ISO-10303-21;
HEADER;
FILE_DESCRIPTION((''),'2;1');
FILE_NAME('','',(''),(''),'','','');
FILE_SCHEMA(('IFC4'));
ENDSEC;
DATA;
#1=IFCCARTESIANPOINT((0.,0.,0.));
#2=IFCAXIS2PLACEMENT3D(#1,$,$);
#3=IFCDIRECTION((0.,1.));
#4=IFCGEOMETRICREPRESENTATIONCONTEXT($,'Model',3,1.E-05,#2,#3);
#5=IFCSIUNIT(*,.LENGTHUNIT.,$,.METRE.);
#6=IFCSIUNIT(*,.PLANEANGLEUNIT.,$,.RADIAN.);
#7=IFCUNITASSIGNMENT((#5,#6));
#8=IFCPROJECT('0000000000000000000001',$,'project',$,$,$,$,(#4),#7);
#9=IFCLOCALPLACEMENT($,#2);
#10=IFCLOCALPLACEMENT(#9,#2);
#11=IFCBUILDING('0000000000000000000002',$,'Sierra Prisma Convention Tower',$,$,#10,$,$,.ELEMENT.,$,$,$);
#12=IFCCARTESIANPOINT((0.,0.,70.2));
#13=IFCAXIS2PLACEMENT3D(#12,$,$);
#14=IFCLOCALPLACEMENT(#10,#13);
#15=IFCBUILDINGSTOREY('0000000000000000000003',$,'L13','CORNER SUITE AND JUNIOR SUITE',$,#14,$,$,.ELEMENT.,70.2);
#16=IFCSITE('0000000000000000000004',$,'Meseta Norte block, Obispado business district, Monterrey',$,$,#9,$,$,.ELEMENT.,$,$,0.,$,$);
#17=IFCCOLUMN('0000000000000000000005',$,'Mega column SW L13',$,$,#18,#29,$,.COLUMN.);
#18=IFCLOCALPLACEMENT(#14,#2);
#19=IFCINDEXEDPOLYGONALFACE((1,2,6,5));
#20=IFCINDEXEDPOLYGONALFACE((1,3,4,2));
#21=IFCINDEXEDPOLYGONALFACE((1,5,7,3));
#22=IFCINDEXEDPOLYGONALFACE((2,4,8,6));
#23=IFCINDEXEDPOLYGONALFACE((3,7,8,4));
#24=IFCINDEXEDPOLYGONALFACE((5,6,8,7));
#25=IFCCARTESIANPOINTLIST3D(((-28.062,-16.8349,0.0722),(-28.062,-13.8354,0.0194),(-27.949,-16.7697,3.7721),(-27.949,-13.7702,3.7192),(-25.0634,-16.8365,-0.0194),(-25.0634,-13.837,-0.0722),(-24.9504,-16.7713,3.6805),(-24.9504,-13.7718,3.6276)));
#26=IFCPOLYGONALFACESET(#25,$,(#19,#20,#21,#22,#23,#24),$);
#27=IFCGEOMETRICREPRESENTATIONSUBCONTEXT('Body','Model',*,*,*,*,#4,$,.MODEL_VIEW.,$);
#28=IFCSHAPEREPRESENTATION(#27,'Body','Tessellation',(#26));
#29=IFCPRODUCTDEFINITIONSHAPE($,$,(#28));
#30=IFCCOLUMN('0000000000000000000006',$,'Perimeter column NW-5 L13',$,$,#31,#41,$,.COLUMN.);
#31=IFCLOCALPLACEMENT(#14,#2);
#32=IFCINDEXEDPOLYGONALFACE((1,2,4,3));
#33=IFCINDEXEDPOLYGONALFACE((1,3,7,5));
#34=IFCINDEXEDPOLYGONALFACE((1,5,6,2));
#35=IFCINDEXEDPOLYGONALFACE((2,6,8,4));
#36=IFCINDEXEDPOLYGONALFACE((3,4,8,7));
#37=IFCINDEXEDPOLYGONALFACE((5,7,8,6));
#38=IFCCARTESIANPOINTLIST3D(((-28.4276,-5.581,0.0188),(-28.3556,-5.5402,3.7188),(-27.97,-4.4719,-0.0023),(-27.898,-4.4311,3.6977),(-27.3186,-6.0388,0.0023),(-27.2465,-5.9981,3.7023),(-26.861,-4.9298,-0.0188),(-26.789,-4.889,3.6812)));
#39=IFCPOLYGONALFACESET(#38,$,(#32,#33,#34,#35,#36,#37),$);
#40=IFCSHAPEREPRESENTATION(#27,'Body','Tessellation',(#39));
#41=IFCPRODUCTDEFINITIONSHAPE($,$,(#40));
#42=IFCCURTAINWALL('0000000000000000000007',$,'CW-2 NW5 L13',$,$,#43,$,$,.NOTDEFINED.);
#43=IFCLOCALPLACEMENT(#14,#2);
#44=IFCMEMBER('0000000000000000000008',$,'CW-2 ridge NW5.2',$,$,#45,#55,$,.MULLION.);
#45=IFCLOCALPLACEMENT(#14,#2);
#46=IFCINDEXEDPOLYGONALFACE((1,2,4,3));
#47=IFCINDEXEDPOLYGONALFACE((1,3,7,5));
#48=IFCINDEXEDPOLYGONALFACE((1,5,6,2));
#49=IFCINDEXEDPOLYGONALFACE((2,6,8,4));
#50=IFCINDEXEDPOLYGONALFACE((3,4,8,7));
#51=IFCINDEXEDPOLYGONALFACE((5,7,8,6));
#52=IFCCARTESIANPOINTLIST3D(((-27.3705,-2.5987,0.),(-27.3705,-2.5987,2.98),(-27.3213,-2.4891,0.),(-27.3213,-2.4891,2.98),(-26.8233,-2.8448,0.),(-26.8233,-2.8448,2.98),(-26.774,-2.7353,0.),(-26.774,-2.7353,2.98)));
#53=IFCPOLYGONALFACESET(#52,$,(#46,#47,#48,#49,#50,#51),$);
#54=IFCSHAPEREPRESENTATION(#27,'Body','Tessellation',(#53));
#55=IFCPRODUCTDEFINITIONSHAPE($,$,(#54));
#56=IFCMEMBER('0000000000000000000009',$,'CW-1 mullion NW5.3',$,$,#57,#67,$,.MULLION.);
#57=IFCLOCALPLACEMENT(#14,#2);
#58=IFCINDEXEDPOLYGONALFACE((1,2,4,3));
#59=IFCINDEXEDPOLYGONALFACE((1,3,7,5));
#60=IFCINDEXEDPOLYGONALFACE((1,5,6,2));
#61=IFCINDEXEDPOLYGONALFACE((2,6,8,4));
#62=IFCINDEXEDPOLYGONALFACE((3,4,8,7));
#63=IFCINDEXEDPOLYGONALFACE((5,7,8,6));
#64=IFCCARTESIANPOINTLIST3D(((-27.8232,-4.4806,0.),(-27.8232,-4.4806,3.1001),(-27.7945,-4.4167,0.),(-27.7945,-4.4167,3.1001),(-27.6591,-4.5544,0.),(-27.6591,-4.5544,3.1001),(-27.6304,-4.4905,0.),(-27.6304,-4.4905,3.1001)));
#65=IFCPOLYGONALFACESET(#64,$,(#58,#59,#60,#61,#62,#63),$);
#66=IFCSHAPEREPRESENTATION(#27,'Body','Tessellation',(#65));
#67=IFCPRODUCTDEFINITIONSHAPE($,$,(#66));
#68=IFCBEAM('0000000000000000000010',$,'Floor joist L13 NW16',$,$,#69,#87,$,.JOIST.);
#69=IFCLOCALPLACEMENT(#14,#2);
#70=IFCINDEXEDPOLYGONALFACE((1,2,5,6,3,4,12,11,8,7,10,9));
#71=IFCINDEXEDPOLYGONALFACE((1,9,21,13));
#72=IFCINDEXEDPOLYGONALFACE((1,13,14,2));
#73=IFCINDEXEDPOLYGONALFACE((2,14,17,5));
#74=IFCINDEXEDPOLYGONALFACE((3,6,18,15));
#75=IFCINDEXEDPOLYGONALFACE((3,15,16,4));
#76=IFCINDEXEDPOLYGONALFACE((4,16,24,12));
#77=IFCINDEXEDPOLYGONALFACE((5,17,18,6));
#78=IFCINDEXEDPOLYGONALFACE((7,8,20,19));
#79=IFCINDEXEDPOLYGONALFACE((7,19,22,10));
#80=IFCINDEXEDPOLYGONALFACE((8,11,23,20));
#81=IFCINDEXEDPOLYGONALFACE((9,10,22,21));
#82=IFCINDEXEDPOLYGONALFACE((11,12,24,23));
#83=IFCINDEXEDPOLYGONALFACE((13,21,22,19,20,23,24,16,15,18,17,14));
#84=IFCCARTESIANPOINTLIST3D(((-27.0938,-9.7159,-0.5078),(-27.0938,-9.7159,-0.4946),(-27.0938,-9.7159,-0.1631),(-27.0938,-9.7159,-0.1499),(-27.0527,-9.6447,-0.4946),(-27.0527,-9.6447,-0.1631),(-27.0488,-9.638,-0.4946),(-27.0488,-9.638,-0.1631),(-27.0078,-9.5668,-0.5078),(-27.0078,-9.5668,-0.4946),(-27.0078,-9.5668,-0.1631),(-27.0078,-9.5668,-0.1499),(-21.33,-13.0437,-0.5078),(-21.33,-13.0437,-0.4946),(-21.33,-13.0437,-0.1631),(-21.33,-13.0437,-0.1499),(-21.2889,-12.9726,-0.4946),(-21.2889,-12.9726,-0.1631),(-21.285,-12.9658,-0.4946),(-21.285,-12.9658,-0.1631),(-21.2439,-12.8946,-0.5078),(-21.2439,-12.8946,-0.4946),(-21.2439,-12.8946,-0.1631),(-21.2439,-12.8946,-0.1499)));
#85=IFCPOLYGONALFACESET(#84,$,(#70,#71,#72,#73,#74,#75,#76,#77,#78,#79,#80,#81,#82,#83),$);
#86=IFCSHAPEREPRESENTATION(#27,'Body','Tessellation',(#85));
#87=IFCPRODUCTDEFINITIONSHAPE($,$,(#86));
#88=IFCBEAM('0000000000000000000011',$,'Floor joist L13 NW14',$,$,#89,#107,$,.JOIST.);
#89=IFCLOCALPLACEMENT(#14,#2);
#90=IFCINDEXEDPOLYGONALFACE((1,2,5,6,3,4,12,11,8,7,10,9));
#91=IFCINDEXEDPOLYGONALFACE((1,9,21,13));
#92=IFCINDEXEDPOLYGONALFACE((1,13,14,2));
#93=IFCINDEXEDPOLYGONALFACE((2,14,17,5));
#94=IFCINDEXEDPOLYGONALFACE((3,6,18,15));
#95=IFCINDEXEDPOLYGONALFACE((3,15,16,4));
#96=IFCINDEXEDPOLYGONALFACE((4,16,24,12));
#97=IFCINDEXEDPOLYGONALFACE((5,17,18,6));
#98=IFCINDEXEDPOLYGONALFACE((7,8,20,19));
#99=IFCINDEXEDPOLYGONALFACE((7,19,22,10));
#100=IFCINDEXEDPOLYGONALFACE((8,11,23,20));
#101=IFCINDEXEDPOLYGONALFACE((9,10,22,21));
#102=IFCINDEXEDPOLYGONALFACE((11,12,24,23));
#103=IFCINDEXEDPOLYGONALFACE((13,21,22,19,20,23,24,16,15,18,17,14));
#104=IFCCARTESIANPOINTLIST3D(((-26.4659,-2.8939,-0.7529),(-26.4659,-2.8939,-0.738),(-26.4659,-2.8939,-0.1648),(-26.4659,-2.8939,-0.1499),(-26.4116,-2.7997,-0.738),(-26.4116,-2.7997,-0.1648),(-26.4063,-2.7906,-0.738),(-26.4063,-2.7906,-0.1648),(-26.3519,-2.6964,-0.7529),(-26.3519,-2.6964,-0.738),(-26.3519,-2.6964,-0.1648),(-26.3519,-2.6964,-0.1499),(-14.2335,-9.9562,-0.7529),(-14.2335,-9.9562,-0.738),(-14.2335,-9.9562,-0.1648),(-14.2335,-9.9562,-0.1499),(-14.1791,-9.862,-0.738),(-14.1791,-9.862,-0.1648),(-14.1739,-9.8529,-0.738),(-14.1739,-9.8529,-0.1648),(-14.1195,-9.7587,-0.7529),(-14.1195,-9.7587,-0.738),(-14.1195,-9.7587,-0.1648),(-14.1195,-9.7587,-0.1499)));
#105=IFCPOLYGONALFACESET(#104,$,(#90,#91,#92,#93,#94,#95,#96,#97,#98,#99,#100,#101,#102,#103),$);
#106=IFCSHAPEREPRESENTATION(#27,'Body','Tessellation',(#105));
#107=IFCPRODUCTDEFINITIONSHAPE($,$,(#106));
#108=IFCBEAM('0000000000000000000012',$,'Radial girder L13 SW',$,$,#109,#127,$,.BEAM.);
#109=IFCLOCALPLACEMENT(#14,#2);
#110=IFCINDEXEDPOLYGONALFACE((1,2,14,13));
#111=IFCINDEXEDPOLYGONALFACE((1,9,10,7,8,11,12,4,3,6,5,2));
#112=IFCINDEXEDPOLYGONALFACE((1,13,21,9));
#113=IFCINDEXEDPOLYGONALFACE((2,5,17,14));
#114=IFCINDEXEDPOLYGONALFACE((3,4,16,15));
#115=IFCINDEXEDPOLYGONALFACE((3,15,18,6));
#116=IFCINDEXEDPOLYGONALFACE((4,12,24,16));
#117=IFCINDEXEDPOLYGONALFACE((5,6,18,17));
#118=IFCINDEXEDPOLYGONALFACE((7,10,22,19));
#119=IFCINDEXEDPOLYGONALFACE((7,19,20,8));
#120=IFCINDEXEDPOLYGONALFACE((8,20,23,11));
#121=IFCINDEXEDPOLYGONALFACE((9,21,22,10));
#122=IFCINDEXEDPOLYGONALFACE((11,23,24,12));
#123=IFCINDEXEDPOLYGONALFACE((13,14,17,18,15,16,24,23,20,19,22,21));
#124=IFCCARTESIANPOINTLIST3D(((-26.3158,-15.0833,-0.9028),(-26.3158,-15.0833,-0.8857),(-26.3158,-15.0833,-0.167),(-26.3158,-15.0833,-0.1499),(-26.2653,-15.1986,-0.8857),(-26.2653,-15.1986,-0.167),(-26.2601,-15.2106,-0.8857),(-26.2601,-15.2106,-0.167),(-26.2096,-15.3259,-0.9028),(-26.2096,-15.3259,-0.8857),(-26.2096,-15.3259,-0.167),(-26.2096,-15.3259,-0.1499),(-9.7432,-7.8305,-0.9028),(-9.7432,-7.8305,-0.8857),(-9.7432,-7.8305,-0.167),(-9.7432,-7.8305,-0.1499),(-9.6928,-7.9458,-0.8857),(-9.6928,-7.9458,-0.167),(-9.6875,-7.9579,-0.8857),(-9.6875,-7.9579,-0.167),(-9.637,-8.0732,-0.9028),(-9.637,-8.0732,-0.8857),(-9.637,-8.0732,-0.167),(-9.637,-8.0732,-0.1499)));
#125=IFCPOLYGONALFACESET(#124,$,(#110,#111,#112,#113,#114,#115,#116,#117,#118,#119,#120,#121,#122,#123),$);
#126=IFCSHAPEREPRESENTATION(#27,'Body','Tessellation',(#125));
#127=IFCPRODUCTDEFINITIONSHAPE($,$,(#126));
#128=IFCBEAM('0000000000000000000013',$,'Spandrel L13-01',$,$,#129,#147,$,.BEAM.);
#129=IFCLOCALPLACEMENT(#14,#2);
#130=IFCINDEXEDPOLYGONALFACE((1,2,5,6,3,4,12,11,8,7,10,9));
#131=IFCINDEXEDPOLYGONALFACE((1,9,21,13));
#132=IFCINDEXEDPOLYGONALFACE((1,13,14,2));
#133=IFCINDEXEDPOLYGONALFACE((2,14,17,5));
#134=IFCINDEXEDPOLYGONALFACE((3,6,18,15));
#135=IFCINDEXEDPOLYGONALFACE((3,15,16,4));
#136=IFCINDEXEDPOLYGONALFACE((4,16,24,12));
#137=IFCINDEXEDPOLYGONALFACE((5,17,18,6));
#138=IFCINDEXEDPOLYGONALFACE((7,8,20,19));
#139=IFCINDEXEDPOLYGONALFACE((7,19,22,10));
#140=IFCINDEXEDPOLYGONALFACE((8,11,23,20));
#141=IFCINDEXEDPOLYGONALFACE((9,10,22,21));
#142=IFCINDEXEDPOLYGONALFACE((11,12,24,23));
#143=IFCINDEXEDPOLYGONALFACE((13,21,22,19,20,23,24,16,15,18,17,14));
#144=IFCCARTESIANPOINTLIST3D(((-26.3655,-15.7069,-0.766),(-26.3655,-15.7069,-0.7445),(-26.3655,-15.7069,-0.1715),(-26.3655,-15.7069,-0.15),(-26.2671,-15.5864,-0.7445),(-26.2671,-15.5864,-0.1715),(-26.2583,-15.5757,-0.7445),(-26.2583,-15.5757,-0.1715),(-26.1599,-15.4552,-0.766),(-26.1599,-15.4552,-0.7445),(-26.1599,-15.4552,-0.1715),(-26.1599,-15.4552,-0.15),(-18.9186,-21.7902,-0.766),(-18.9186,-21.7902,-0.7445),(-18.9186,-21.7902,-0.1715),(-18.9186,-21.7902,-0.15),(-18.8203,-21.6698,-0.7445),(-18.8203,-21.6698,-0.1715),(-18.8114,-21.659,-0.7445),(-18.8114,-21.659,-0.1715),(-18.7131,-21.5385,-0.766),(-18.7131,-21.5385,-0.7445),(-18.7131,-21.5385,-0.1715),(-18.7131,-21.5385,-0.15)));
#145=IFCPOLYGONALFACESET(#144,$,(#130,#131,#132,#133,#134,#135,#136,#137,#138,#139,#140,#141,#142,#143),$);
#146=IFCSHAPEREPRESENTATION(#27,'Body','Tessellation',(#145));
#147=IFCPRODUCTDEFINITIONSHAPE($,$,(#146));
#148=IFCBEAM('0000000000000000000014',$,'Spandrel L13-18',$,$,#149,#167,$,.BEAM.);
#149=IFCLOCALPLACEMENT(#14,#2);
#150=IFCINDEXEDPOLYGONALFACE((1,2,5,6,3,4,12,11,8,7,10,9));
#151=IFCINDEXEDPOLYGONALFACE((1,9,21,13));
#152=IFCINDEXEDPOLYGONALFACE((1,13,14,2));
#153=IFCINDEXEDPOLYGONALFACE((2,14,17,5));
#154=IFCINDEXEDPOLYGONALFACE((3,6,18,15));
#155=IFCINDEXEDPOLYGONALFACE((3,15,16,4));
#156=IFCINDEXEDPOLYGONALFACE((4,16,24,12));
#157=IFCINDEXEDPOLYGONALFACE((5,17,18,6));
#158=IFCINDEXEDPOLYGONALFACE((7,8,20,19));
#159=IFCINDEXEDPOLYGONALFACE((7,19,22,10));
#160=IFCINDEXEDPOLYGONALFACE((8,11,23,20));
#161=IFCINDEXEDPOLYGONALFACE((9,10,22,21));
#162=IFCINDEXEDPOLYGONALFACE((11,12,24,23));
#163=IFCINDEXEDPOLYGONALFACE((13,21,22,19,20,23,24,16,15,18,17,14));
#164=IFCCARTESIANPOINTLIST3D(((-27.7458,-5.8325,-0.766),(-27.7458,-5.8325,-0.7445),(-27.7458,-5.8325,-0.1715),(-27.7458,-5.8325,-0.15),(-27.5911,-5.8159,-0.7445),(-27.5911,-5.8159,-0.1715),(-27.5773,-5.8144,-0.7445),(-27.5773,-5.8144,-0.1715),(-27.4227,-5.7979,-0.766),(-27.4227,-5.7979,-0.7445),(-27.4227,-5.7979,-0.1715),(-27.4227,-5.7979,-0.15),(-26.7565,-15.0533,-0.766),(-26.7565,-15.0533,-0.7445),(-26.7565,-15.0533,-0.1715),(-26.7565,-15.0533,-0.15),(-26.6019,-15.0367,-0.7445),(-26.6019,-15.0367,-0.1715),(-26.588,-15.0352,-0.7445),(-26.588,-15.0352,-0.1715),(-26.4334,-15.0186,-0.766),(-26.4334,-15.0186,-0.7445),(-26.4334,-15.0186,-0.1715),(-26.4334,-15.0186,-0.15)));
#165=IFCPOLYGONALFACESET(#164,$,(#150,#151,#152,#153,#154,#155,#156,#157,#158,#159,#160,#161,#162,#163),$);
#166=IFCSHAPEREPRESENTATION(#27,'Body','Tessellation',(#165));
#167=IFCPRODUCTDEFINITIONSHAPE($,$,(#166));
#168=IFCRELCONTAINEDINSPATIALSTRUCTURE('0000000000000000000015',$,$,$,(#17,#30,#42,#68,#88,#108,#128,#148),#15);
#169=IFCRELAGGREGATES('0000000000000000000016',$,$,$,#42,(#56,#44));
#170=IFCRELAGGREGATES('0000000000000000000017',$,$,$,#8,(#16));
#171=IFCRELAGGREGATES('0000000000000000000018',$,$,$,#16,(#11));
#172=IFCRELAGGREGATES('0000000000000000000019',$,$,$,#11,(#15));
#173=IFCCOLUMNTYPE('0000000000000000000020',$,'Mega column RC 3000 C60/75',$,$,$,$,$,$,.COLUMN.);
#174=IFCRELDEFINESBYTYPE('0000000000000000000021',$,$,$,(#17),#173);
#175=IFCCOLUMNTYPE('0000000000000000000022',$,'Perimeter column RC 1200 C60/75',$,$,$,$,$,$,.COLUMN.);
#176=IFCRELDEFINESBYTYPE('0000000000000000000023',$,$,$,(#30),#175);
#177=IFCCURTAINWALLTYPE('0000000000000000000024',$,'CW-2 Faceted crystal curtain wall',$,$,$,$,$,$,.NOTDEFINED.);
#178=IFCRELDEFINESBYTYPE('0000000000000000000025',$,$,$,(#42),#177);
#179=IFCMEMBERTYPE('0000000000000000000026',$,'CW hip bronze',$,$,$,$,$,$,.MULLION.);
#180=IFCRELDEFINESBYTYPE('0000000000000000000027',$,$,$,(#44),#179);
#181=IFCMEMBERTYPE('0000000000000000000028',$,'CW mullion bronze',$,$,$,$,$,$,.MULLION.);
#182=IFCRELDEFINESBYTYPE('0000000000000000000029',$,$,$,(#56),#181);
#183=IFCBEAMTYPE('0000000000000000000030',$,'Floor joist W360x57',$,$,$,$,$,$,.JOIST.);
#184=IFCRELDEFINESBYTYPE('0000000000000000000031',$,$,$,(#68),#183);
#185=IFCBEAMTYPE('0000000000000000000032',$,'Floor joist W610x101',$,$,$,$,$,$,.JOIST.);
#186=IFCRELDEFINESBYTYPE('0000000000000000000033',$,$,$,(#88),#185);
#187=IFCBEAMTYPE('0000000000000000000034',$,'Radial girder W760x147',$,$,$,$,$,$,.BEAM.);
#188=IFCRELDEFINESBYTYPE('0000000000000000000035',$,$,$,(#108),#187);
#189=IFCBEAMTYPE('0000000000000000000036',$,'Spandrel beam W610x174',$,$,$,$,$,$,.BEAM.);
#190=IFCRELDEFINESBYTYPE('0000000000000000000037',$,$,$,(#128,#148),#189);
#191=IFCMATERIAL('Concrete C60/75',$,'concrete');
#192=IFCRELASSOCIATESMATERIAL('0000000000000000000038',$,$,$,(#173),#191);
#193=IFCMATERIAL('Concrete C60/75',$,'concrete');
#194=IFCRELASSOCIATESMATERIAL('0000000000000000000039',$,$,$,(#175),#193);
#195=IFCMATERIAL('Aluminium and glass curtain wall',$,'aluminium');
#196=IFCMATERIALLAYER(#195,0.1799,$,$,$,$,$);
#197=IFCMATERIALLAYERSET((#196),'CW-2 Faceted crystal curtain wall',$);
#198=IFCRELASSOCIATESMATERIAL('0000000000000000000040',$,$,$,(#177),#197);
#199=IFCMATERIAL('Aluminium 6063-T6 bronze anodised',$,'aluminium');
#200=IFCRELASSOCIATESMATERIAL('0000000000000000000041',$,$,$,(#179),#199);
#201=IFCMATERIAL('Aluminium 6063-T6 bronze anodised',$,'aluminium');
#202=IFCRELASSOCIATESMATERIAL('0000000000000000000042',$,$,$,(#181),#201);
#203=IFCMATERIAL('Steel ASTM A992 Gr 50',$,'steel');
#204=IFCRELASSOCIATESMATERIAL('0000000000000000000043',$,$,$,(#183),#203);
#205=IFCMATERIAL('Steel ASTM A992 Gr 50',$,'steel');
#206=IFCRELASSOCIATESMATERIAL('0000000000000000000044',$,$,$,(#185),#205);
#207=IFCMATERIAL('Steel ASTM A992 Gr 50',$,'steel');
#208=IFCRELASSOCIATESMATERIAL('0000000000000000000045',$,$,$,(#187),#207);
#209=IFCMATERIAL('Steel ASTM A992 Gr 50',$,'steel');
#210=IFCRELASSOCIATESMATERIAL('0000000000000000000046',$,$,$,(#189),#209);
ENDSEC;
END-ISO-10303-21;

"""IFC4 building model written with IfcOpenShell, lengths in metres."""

from ifc_helpers import new_model, si_unit, direction, frame, origin, origin_2d, place, context, subcontext, project, spatial, rectangle, i_section, extrude, material, layer, layer_set, material_profile, profile_set, type_object, element, aggregate, save


model = new_model("IFC4")

# Units and contexts
model_context = context("Model", 3, precision=1e-05, world=origin(), true_north=direction((0.0, 1.0)))
body_context = subcontext(model_context, "Body", "Model", "MODEL_VIEW")
ifc_project = project(units=[si_unit("LENGTHUNIT", "METRE"), si_unit("PLANEANGLEUNIT", "RADIAN")], contexts=[model_context])

# Site, building, storey
site_placement = place(None, origin())
site = spatial("IfcSite", under=ifc_project, at=site_placement, Name="Meseta Norte block, Obispado business district, Monterrey", CompositionType="ELEMENT", RefElevation=0.0)
building_placement = place(site_placement, origin())
building = spatial("IfcBuilding", under=site, at=building_placement, Name="Sierra Prisma Convention Tower", CompositionType="ELEMENT")
storey_placement = place(building_placement, frame((0.0, 0.0, 70.2)))
storey = spatial("IfcBuildingStorey", under=building, at=storey_placement, Name="L13", Description="CORNER SUITE AND JUNIOR SUITE", CompositionType="ELEMENT", Elevation=70.2)

# Columns
ifc_material_1 = material(Name="Concrete C60/75", Category="concrete")
ifc_material_profile_1 = material_profile(ifc_material_1, rectangle(XDim=3.0, YDim=3.0, at=origin_2d()), Name="Mega column RC 3000 C60/75")
ifc_profile_set_1 = profile_set([ifc_material_profile_1], Name="Concrete C60/75")
column_type_1 = type_object("IfcColumnType", Name="Mega column RC 3000 C60/75", PredefinedType="COLUMN", material=ifc_profile_set_1)
column_1_placement = place(storey_placement, frame((-26.5627, -15.3359, 0.0), z_axis=(0.030532, 0.017607, 0.999379), x_axis=(0.999534, -0.000538, -0.030527)))
element("IfcColumn", 1, at=column_1_placement, inside=storey, type_object=column_type_1, Name="Mega column SW L13", PredefinedType="COLUMN", context=body_context, shape_type="SweptSolid", body=[
    extrude(rectangle(XDim=3.0, YDim=3.0, at=origin_2d()), origin(), (0.0, 0.0, 1.0), 3.7021),
])
ifc_material_2 = material(Name="Concrete C60/75", Category="concrete")
ifc_material_profile_2 = material_profile(ifc_material_2, rectangle(XDim=1.2, YDim=1.2, at=origin_2d()), Name="Perimeter column RC 1200 C60/75")
ifc_profile_set_2 = profile_set([ifc_material_profile_2], Name="Concrete C60/75")
column_type_2 = type_object("IfcColumnType", Name="Perimeter column RC 1200 C60/75", PredefinedType="COLUMN", material=ifc_profile_set_2)
column_2_placement = place(storey_placement, frame((-27.6443, -5.2554, 0.0), z_axis=(0.019461, 0.011017, 0.99975), x_axis=(0.381334, 0.92427, -0.017608)))
element("IfcColumn", 2, at=column_2_placement, inside=storey, type_object=column_type_2, Name="Perimeter column NW-5 L13", PredefinedType="COLUMN", context=body_context, shape_type="SweptSolid", body=[
    extrude(rectangle(XDim=1.2, YDim=1.2, at=origin_2d()), origin(), (0.0, 0.0, 1.0), 3.7009),
])

# Curtain wall, members
ifc_material_3 = material(Name="Aluminium and glass curtain wall", Category="aluminium")
ifc_layer_1 = layer(ifc_material_3, 0.1799)
ifc_layer_set_1 = layer_set([ifc_layer_1], Name="CW-2 Faceted crystal curtain wall")
curtain_wall_type = type_object("IfcCurtainWallType", Name="CW-2 Faceted crystal curtain wall", PredefinedType="NOTDEFINED", material=ifc_layer_set_1)
curtain_wall_1_placement = place(storey_placement, origin())
curtain_wall_1 = element("IfcCurtainWall", 3, at=curtain_wall_1_placement, inside=storey, type_object=curtain_wall_type, Name="CW-2 NW5 L13", PredefinedType="NOTDEFINED")
ifc_material_4 = material(Name="Aluminium 6063-T6 bronze anodised", Category="aluminium")
ifc_material_profile_3 = material_profile(ifc_material_4, rectangle(XDim=0.1201, YDim=0.6001, at=origin_2d()), Name="ALU RIDGE BLADE 120x600")
ifc_profile_set_3 = profile_set([ifc_material_profile_3], Name="Aluminium 6063-T6 bronze anodised")
member_type_1 = type_object("IfcMemberType", Name="CW hip bronze", PredefinedType="MULLION", material=ifc_profile_set_3)
member_1_placement = place(storey_placement, frame((-27.0723, -2.667, 0.0), z_axis=(0.0, 0.0, 1.0), x_axis=(-0.410184, -0.912003, 0.0)))
member_1 = element("IfcMember", 4, at=member_1_placement, type_object=member_type_1, Name="CW-2 ridge NW5.2", PredefinedType="MULLION", context=body_context, shape_type="SweptSolid", body=[
    extrude(rectangle(XDim=0.1201, YDim=0.6001, at=origin_2d()), origin(), (0.0, 0.0, 1.0), 2.98),
])
ifc_material_5 = material(Name="Aluminium 6063-T6 bronze anodised", Category="aluminium")
ifc_material_profile_4 = material_profile(ifc_material_5, rectangle(XDim=0.1799, YDim=0.0701, at=origin_2d()), Name="ALU MULLION 70x180")
ifc_profile_set_4 = profile_set([ifc_material_profile_4], Name="Aluminium 6063-T6 bronze anodised")
member_type_2 = type_object("IfcMemberType", Name="CW mullion bronze", PredefinedType="MULLION", material=ifc_profile_set_4)
member_2_placement = place(storey_placement, frame((-27.7268, -4.4856, 0.0), z_axis=(0.0, 0.0, 1.0), x_axis=(0.912003, -0.410184, 0.0)))
member_2 = element("IfcMember", 5, at=member_2_placement, type_object=member_type_2, Name="CW-1 mullion NW5.3", PredefinedType="MULLION", context=body_context, shape_type="SweptSolid", body=[
    extrude(rectangle(XDim=0.1799, YDim=0.0701, at=origin_2d()), origin(), (0.0, 0.0, 1.0), 3.1001),
])

# Beams
ifc_material_6 = material(Name="Steel ASTM A992 Gr 50", Category="steel")
ifc_material_profile_5 = material_profile(ifc_material_6, i_section(OverallWidth=0.1721, OverallDepth=0.3579, WebThickness=0.0078, FlangeThickness=0.0132, at=origin_2d()), Name="W360x57")
ifc_profile_set_5 = profile_set([ifc_material_profile_5], Name="Steel ASTM A992 Gr 50")
beam_type_1 = type_object("IfcBeamType", Name="Floor joist W360x57", PredefinedType="JOIST", material=ifc_profile_set_5)
beam_1_placement = place(storey_placement, frame((-27.0508, -9.6414, -0.3289), z_axis=(0.86602, -0.500009, 0.0), x_axis=(0.500009, 0.86602, 0.0)))
element("IfcBeam", 6, at=beam_1_placement, inside=storey, type_object=beam_type_1, Name="Floor joist L13 NW16", PredefinedType="JOIST", context=body_context, shape_type="SweptSolid", body=[
    extrude(i_section(OverallWidth=0.1721, OverallDepth=0.3579, WebThickness=0.0078, FlangeThickness=0.0132, at=origin_2d()), origin(), (0.0, 0.0, 1.0), 6.6555),
])
ifc_material_7 = material(Name="Steel ASTM A992 Gr 50", Category="steel")
ifc_material_profile_6 = material_profile(ifc_material_7, i_section(OverallWidth=0.228, OverallDepth=0.603, WebThickness=0.0105, FlangeThickness=0.0149, at=origin_2d()), Name="W610x101")
ifc_profile_set_6 = profile_set([ifc_material_profile_6], Name="Steel ASTM A992 Gr 50")
beam_type_2 = type_object("IfcBeamType", Name="Floor joist W610x101", PredefinedType="JOIST", material=ifc_profile_set_6)
beam_2_placement = place(storey_placement, frame((-26.4089, -2.7952, -0.4514), z_axis=(0.86603, -0.499993, 0.0), x_axis=(0.499993, 0.86603, 0.0)))
element("IfcBeam", 7, at=beam_2_placement, inside=storey, type_object=beam_type_2, Name="Floor joist L13 NW14", PredefinedType="JOIST", context=body_context, shape_type="SweptSolid", body=[
    extrude(i_section(OverallWidth=0.228, OverallDepth=0.603, WebThickness=0.0105, FlangeThickness=0.0149, at=origin_2d()), origin(), (0.0, 0.0, 1.0), 14.1248),
])
ifc_material_8 = material(Name="Steel ASTM A992 Gr 50", Category="steel")
ifc_material_profile_7 = material_profile(ifc_material_8, i_section(OverallWidth=0.2649, OverallDepth=0.7529, WebThickness=0.0132, FlangeThickness=0.0171, at=origin_2d()), Name="W760x147")
ifc_profile_set_7 = profile_set([ifc_material_profile_7], Name="Steel ASTM A992 Gr 50")
beam_type_3 = type_object("IfcBeamType", Name="Radial girder W760x147", PredefinedType="BEAM", material=ifc_profile_set_7)
beam_3_placement = place(storey_placement, frame((-26.2627, -15.2046, -0.5264), z_axis=(0.916112, 0.400921, 0.0), x_axis=(-0.400921, 0.916112, 0.0)))
element("IfcBeam", 8, at=beam_3_placement, inside=storey, type_object=beam_type_3, Name="Radial girder L13 SW", PredefinedType="BEAM", context=body_context, shape_type="SweptSolid", body=[
    extrude(i_section(OverallWidth=0.2649, OverallDepth=0.7529, WebThickness=0.0132, FlangeThickness=0.0171, at=origin_2d()), origin(), (0.0, 0.0, 1.0), 18.0901),
])
ifc_material_9 = material(Name="Steel ASTM A992 Gr 50", Category="steel")
ifc_material_profile_8 = material_profile(ifc_material_9, i_section(OverallWidth=0.325, OverallDepth=0.616, WebThickness=0.0139, FlangeThickness=0.0215, at=origin_2d()), Name="W610x174")
ifc_profile_set_8 = profile_set([ifc_material_profile_8], Name="Steel ASTM A992 Gr 50")
beam_type_4 = type_object("IfcBeamType", Name="Spandrel beam W610x174", PredefinedType="BEAM", material=ifc_profile_set_8)
beam_4_placement = place(storey_placement, frame((-26.2627, -15.5811, -0.458), z_axis=(0.774445, -0.632642, 0.0), x_axis=(0.632642, 0.774445, 0.0)))
element("IfcBeam", 9, at=beam_4_placement, inside=storey, type_object=beam_type_4, Name="Spandrel L13-01", PredefinedType="BEAM", context=body_context, shape_type="SweptSolid", body=[
    extrude(i_section(OverallWidth=0.325, OverallDepth=0.616, WebThickness=0.0139, FlangeThickness=0.0215, at=origin_2d()), origin(), (0.0, 0.0, 1.0), 9.6157),
])
beam_5_placement = place(storey_placement, frame((-27.5842, -5.8152, -0.458), z_axis=(0.106674, -0.994294, 0.0), x_axis=(0.994294, 0.106674, 0.0)))
element("IfcBeam", 10, at=beam_5_placement, inside=storey, type_object=beam_type_4, Name="Spandrel L13-18", PredefinedType="BEAM", context=body_context, shape_type="SweptSolid", body=[
    extrude(i_section(OverallWidth=0.325, OverallDepth=0.616, WebThickness=0.0139, FlangeThickness=0.0215, at=origin_2d()), origin(), (0.0, 0.0, 1.0), 9.2737),
])

aggregate(curtain_wall_1, [member_2, member_1])

save(model, "model.ifc")
